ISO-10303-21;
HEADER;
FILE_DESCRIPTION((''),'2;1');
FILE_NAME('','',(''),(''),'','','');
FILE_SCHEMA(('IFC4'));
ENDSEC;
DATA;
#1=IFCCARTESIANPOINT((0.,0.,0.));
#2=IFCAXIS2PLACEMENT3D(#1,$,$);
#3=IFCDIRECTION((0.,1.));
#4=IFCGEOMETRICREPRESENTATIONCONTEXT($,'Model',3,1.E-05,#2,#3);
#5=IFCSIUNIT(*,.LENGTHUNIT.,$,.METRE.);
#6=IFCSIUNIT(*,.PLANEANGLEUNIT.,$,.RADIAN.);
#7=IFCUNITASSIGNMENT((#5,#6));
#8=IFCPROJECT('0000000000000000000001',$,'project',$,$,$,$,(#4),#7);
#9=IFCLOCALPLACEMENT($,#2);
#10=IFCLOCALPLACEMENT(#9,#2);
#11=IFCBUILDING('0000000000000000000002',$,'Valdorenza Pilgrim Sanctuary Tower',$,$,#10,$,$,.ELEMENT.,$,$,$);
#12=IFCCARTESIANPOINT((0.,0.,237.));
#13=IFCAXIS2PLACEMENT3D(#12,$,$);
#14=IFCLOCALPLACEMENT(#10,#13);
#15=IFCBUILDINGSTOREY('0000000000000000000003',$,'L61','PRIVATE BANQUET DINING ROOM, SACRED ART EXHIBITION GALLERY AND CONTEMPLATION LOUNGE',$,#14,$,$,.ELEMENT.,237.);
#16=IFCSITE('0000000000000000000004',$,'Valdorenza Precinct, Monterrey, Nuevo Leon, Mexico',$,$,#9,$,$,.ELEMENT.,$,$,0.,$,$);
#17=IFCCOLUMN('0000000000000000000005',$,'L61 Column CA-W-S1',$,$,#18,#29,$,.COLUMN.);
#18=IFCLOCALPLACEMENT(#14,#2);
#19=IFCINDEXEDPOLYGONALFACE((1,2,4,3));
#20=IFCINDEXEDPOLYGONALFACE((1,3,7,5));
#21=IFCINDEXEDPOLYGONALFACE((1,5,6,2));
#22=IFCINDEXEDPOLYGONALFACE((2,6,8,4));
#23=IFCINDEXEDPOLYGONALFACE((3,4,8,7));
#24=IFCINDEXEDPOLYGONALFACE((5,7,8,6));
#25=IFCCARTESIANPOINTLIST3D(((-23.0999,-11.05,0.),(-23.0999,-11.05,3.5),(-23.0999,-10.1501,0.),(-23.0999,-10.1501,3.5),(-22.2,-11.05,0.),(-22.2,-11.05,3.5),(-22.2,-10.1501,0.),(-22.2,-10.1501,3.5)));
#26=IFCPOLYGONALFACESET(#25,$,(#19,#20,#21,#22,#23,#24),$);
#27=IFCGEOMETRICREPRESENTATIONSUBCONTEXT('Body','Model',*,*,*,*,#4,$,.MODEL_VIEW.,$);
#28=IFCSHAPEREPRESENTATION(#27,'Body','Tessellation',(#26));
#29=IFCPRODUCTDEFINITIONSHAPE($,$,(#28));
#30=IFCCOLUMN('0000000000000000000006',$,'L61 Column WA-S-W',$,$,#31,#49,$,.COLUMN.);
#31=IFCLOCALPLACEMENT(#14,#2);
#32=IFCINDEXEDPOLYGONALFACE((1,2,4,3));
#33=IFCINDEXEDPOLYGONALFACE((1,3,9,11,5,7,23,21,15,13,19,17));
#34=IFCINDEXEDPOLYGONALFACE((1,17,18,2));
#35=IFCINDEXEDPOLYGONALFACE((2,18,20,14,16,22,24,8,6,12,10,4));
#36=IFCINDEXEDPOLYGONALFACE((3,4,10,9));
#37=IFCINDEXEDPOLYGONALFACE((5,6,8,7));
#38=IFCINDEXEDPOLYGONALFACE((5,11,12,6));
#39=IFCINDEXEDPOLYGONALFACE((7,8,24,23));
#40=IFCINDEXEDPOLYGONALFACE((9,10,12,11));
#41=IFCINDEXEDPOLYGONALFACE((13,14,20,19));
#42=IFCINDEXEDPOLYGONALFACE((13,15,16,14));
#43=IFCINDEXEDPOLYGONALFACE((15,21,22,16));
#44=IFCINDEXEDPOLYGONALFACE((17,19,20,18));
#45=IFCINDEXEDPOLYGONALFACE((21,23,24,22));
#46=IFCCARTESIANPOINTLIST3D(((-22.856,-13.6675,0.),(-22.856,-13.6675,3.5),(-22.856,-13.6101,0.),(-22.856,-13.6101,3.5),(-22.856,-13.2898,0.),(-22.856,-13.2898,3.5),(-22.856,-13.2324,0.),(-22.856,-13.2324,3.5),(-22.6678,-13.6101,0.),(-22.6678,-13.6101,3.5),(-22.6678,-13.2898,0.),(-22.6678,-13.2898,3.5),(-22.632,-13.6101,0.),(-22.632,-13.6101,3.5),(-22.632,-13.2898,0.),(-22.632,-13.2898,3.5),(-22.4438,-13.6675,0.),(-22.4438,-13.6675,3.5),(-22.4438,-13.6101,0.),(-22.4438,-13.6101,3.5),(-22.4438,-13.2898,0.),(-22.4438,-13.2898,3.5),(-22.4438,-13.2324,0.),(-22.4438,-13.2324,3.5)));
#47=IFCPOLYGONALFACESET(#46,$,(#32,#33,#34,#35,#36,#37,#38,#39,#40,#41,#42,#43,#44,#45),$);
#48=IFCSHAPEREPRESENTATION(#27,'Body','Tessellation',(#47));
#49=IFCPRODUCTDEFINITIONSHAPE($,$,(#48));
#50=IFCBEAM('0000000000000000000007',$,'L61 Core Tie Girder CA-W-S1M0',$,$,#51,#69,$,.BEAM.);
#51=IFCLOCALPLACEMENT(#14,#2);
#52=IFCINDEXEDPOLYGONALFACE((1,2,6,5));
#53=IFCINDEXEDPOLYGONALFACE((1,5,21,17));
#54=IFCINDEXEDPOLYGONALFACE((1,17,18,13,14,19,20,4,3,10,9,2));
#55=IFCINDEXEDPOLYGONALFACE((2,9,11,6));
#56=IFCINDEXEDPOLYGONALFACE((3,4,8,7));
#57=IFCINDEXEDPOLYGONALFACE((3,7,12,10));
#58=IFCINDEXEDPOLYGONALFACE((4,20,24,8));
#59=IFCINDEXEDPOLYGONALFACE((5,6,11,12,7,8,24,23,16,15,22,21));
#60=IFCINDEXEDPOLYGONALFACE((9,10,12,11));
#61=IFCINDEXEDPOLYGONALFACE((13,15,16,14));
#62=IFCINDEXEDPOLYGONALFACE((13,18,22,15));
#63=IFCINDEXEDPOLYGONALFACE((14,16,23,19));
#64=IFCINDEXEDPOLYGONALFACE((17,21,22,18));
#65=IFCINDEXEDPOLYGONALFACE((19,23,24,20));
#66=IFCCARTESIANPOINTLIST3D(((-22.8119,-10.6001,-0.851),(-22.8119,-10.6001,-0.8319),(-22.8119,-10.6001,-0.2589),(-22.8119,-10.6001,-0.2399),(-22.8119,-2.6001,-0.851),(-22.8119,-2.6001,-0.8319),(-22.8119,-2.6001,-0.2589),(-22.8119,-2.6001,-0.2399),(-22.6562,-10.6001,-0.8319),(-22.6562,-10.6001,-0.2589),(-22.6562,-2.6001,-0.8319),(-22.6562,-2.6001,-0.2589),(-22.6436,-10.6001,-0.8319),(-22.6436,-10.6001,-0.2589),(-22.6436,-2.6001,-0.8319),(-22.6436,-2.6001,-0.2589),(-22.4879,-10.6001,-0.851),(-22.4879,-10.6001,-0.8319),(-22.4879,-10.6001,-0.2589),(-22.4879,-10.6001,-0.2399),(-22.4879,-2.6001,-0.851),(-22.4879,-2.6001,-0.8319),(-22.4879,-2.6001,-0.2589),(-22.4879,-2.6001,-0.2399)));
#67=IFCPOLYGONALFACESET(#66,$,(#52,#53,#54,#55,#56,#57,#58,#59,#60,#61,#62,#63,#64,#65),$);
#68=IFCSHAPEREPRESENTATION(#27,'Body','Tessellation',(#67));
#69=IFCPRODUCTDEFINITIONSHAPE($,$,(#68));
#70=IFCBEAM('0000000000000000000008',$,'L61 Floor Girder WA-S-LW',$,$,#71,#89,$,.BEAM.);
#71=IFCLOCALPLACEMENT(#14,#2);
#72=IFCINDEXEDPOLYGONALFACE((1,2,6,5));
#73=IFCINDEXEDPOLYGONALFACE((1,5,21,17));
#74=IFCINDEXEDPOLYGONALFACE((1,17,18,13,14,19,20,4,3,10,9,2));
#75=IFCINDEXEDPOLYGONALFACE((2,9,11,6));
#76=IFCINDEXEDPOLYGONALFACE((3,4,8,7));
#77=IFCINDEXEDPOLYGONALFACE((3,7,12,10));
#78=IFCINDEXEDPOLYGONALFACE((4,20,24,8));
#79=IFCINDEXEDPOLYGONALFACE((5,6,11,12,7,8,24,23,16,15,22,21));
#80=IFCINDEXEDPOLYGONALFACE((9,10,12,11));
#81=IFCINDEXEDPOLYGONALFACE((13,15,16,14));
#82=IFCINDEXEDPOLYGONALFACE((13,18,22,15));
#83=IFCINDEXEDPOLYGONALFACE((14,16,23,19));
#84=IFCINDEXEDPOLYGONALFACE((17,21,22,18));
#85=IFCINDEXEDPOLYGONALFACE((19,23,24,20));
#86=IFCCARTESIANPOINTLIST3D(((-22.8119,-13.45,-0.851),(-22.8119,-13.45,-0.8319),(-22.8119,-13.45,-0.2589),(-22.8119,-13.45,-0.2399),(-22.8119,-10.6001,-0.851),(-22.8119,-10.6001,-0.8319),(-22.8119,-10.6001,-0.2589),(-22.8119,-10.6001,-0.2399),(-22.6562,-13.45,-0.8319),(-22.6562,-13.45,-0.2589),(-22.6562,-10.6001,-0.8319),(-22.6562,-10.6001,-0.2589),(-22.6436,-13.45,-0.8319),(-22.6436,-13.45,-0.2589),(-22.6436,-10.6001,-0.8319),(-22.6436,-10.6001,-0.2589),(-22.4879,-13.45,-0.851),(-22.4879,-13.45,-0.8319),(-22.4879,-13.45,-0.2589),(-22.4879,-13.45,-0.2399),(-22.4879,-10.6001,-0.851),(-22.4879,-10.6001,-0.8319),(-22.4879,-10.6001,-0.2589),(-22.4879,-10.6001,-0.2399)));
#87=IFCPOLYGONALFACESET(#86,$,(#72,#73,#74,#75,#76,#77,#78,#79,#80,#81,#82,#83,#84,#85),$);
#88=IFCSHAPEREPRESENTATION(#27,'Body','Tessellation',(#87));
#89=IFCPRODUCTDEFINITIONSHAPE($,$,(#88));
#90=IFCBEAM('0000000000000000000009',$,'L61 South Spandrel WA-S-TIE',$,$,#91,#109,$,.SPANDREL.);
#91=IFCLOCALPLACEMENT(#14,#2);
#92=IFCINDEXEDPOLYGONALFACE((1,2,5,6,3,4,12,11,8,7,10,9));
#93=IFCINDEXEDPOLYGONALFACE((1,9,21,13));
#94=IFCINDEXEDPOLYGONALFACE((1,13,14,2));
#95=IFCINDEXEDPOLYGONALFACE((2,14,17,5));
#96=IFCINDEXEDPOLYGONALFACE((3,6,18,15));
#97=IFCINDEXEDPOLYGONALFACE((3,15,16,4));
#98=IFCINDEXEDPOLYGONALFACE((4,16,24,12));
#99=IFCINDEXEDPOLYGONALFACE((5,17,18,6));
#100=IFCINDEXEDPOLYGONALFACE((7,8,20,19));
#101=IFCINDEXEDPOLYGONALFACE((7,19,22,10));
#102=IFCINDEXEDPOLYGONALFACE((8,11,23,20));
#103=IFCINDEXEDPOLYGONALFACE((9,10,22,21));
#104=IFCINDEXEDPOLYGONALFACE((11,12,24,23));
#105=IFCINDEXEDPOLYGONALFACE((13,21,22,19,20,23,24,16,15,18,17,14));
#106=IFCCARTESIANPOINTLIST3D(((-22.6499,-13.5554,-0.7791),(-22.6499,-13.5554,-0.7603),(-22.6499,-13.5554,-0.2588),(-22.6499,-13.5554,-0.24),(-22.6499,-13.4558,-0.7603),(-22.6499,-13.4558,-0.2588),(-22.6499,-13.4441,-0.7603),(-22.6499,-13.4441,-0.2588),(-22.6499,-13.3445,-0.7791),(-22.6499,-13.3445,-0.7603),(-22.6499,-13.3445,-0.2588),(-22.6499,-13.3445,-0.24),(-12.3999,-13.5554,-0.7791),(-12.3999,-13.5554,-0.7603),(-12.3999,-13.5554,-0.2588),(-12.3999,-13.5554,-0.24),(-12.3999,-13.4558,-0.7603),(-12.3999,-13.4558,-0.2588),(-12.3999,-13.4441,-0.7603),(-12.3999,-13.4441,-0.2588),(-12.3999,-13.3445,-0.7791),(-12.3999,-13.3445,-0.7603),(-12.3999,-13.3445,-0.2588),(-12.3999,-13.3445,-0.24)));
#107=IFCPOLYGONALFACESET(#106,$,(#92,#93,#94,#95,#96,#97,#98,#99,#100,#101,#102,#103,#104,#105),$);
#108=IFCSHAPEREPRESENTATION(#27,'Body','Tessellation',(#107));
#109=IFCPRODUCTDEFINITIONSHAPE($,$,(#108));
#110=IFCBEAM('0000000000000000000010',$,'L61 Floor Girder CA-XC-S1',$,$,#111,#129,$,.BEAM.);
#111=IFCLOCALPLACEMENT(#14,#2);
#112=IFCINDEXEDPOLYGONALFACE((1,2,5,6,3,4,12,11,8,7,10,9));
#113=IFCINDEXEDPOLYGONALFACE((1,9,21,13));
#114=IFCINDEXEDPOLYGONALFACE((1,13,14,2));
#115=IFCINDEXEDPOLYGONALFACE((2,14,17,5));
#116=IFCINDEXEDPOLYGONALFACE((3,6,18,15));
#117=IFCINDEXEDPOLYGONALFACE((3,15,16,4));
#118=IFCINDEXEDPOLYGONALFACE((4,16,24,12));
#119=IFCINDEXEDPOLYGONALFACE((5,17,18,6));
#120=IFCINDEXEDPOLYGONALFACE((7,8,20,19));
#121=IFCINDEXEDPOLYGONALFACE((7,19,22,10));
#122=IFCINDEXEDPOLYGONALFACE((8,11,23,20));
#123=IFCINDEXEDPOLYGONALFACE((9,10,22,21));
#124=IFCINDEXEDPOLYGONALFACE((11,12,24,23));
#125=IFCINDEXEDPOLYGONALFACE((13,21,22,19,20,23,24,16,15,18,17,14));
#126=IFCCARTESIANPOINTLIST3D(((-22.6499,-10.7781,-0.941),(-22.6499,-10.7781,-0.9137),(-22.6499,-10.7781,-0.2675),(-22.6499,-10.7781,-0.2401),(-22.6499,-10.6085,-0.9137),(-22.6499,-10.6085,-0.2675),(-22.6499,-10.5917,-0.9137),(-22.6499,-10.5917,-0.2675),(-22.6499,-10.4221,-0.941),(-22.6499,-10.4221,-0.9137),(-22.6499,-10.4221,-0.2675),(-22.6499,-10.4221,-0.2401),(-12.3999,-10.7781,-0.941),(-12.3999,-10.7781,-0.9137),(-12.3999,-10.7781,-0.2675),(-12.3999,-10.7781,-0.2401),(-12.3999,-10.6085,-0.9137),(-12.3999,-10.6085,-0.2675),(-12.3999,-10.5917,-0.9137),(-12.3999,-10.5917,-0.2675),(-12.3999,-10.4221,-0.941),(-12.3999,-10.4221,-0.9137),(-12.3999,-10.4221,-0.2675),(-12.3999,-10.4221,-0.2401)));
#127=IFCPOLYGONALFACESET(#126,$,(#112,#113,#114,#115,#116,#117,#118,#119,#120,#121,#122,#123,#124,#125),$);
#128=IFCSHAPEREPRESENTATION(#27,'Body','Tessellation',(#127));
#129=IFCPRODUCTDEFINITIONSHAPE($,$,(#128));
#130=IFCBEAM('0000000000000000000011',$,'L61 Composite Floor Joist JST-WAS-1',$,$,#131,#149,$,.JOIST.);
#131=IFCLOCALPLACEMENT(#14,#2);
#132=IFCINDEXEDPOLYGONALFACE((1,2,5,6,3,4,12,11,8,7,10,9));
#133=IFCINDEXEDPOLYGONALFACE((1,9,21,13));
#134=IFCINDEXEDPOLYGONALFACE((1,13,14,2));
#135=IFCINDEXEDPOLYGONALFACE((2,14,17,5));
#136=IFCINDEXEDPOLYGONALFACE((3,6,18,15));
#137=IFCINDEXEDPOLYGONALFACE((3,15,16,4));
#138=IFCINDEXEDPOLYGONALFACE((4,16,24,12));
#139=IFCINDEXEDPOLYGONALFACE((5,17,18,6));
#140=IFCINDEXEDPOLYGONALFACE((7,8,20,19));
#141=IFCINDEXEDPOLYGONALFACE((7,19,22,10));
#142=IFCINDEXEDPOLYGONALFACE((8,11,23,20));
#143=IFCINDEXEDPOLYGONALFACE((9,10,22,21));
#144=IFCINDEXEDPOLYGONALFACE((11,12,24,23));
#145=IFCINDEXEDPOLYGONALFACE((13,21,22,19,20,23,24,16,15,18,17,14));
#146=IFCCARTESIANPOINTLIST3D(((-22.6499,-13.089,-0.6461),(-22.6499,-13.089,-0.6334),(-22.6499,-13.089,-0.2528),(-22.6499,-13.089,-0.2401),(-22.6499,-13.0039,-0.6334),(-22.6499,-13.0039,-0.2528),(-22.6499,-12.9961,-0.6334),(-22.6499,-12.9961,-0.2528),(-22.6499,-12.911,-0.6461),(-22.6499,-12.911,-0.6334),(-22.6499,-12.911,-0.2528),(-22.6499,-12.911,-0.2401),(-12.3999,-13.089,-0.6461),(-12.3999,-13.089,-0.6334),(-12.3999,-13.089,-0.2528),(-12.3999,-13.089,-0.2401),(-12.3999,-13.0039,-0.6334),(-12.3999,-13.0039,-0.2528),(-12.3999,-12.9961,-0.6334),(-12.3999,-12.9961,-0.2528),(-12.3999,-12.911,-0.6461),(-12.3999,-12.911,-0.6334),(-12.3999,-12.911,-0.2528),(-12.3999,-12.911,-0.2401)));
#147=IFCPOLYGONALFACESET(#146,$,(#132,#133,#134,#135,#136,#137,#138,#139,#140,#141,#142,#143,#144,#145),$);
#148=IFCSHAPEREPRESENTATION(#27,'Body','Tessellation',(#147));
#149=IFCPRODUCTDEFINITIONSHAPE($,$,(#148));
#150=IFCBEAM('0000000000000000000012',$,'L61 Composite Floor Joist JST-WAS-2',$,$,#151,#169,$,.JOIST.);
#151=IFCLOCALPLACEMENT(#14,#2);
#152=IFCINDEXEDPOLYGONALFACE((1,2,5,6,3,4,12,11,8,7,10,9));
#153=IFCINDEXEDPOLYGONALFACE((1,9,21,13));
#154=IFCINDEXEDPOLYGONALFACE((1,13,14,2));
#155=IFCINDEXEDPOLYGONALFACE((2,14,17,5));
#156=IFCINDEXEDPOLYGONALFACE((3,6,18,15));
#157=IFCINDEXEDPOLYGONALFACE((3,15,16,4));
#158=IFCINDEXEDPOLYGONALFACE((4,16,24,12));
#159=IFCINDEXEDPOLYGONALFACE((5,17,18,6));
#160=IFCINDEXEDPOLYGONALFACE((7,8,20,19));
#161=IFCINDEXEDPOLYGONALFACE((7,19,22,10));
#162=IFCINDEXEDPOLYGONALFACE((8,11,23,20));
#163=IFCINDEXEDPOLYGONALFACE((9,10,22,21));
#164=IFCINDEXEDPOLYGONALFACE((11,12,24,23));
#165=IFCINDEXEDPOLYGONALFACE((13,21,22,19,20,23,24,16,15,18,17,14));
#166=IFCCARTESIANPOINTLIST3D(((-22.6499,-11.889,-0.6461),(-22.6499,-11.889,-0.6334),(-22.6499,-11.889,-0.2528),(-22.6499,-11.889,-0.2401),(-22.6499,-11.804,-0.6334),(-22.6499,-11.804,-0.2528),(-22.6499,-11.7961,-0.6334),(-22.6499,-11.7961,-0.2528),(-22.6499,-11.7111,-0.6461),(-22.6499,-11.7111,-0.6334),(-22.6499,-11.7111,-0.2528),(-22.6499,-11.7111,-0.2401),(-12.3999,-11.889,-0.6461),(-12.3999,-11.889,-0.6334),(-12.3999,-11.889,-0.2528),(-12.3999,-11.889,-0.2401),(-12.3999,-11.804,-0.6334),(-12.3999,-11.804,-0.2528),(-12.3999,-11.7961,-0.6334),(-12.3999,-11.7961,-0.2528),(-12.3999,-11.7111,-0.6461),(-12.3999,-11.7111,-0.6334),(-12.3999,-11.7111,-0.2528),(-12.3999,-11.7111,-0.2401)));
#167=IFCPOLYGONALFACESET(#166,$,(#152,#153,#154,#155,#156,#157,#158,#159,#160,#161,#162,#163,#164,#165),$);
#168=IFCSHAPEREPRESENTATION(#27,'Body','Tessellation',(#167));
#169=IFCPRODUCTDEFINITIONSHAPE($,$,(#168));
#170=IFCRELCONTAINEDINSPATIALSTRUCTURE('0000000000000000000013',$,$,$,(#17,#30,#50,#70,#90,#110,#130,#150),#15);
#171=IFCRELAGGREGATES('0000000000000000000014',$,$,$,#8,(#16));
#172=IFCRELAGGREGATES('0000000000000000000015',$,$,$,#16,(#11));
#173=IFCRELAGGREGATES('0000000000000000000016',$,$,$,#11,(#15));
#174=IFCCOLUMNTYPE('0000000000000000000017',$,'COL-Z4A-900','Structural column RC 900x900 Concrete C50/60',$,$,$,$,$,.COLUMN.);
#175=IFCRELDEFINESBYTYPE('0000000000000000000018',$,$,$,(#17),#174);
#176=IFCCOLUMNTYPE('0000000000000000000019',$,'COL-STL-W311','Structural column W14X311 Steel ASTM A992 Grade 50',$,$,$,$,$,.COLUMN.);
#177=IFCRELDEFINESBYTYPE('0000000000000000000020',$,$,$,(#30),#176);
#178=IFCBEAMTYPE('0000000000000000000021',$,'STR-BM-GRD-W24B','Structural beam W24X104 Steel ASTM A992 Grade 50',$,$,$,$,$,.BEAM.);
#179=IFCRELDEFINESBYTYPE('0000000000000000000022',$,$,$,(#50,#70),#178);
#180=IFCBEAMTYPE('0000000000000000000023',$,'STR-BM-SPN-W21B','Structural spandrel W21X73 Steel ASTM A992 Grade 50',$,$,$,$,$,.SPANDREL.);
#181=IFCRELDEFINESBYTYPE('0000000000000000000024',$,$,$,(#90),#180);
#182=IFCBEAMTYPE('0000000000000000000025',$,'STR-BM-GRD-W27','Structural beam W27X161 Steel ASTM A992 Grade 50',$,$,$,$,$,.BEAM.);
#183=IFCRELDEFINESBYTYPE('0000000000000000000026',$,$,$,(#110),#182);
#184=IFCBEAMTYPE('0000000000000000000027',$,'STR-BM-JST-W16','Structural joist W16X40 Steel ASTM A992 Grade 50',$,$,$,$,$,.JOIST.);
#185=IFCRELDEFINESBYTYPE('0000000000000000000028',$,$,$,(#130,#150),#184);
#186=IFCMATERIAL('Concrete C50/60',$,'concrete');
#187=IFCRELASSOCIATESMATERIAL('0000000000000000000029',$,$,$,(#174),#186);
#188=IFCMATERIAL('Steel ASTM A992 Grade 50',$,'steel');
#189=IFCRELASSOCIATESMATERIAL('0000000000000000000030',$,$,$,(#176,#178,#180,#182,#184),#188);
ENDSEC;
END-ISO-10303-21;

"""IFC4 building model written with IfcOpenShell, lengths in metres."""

from ifc_helpers import new_model, si_unit, direction, frame, origin, origin_2d, place, context, subcontext, project, spatial, rectangle, i_section, extrude, source, transform, mapped, material, material_profile, profile_set, type_object, element, save


model = new_model("IFC4")

# Units and contexts
model_context = context("Model", 3, precision=1e-05, world=origin(), true_north=direction((0.0, 1.0)))
body_context = subcontext(model_context, "Body", "Model", "MODEL_VIEW")
ifc_project = project(units=[si_unit("LENGTHUNIT", "METRE"), si_unit("PLANEANGLEUNIT", "RADIAN")], contexts=[model_context])

# Site, building, storey
site_placement = place(None, origin())
site = spatial("IfcSite", under=ifc_project, at=site_placement, Name="Valdorenza Precinct, Monterrey, Nuevo Leon, Mexico", CompositionType="ELEMENT", RefElevation=0.0)
building_placement = place(site_placement, origin())
building = spatial("IfcBuilding", under=site, at=building_placement, Name="Valdorenza Pilgrim Sanctuary Tower", CompositionType="ELEMENT")
storey_placement = place(building_placement, frame((0.0, 0.0, 237.0)))
storey = spatial("IfcBuildingStorey", under=building, at=storey_placement, Name="L61", Description="PRIVATE BANQUET DINING ROOM, SACRED ART EXHIBITION GALLERY AND CONTEMPLATION LOUNGE", CompositionType="ELEMENT", Elevation=237.0)

# Columns
ifc_material_1 = material(Name="Concrete C50/60", Category="concrete")
ifc_material_profile_1 = material_profile(ifc_material_1, rectangle(XDim=0.8999, YDim=0.8999, at=origin_2d()), Name="RC 900x900")
ifc_profile_set_1 = profile_set([ifc_material_profile_1], Name="Concrete C50/60")
column_type_1 = type_object("IfcColumnType", Name="COL-Z4A-900", Description="Structural column RC 900x900 Concrete C50/60", PredefinedType="COLUMN", material=ifc_profile_set_1)
shared_shape_1 = source(origin(), body_context, "Body", "SweptSolid", [
    extrude(rectangle(XDim=0.8999, YDim=0.8999, at=origin_2d()), origin(), (0.0, 0.0, 1.0), 3.5),
])
column_1_placement = place(storey_placement, frame((-22.6499, -10.6001, 0.0), z_axis=(0.0, 0.0, 1.0), x_axis=(1.0, 0.0, 0.0)))
element("IfcColumn", 1, at=column_1_placement, inside=storey, type_object=column_type_1, Name="L61 Column CA-W-S1", PredefinedType="COLUMN", context=body_context, shape_type="MappedRepresentation", body=[
    mapped(shared_shape_1, transform((0.0, 0.0, 0.0), x_axis=(1.0, 0.0, 0.0), y_axis=(0.0, 1.0, 0.0), z_axis=(0.0, 0.0, 1.0), scale=1.0)),
])
ifc_material_2 = material(Name="Steel ASTM A992 Grade 50", Category="steel")
ifc_material_profile_2 = material_profile(ifc_material_2, i_section(OverallWidth=0.4121, OverallDepth=0.4351, WebThickness=0.0359, FlangeThickness=0.0574, at=origin_2d()), Name="W14X311")
ifc_profile_set_2 = profile_set([ifc_material_profile_2], Name="Steel ASTM A992 Grade 50")
column_type_2 = type_object("IfcColumnType", Name="COL-STL-W311", Description="Structural column W14X311 Steel ASTM A992 Grade 50", PredefinedType="COLUMN", material=ifc_profile_set_2)
shared_shape_2 = source(origin(), body_context, "Body", "SweptSolid", [
    extrude(i_section(OverallWidth=0.4121, OverallDepth=0.4351, WebThickness=0.0359, FlangeThickness=0.0574, at=origin_2d()), origin(), (0.0, 0.0, 1.0), 3.5),
])
column_2_placement = place(storey_placement, frame((-22.6499, -13.45, 0.0), z_axis=(0.0, 0.0, 1.0), x_axis=(1.0, 0.0, 0.0)))
element("IfcColumn", 2, at=column_2_placement, inside=storey, type_object=column_type_2, Name="L61 Column WA-S-W", PredefinedType="COLUMN", context=body_context, shape_type="MappedRepresentation", body=[
    mapped(shared_shape_2, transform((0.0, 0.0, 0.0), x_axis=(1.0, 0.0, 0.0), y_axis=(0.0, 1.0, 0.0), z_axis=(0.0, 0.0, 1.0), scale=1.0)),
])

# Beams
ifc_material_profile_3 = material_profile(ifc_material_2, i_section(OverallWidth=0.324, OverallDepth=0.6111, WebThickness=0.0127, FlangeThickness=0.019, at=origin_2d()), Name="W24X104")
ifc_profile_set_3 = profile_set([ifc_material_profile_3], Name="Steel ASTM A992 Grade 50")
beam_type_1 = type_object("IfcBeamType", Name="STR-BM-GRD-W24B", Description="Structural beam W24X104 Steel ASTM A992 Grade 50", PredefinedType="BEAM", material=ifc_profile_set_3)
shared_shape_3 = source(origin(), body_context, "Body", "SweptSolid", [
    extrude(i_section(OverallWidth=0.324, OverallDepth=0.6111, WebThickness=0.0127, FlangeThickness=0.019, at=origin_2d()), origin(), (0.0, 0.0, 1.0), 8.0),
])
beam_1_placement = place(storey_placement, frame((-22.6499, -10.6001, -0.5454), z_axis=(0.0, 1.0, 0.0), x_axis=(-1.0, 0.0, 0.0)))
element("IfcBeam", 3, at=beam_1_placement, inside=storey, type_object=beam_type_1, Name="L61 Core Tie Girder CA-W-S1M0", PredefinedType="BEAM", context=body_context, shape_type="MappedRepresentation", body=[
    mapped(shared_shape_3, transform((0.0, 0.0, 0.0), x_axis=(1.0, 0.0, 0.0), y_axis=(0.0, 1.0, 0.0), z_axis=(0.0, 0.0, 1.0), scale=1.0)),
])
shared_shape_4 = source(origin(), body_context, "Body", "SweptSolid", [
    extrude(i_section(OverallWidth=0.324, OverallDepth=0.6111, WebThickness=0.0127, FlangeThickness=0.019, at=origin_2d()), origin(), (0.0, 0.0, 1.0), 2.8499),
])
beam_2_placement = place(storey_placement, frame((-22.6499, -13.45, -0.5454), z_axis=(0.0, 1.0, 0.0), x_axis=(-1.0, 0.0, 0.0)))
element("IfcBeam", 4, at=beam_2_placement, inside=storey, type_object=beam_type_1, Name="L61 Floor Girder WA-S-LW", PredefinedType="BEAM", context=body_context, shape_type="MappedRepresentation", body=[
    mapped(shared_shape_4, transform((0.0, 0.0, 0.0), x_axis=(1.0, 0.0, 0.0), y_axis=(0.0, 1.0, 0.0), z_axis=(0.0, 0.0, 1.0), scale=1.0)),
])
ifc_material_profile_4 = material_profile(ifc_material_2, i_section(OverallWidth=0.2109, OverallDepth=0.5391, WebThickness=0.0117, FlangeThickness=0.0188, at=origin_2d()), Name="W21X73")
ifc_profile_set_4 = profile_set([ifc_material_profile_4], Name="Steel ASTM A992 Grade 50")
beam_type_2 = type_object("IfcBeamType", Name="STR-BM-SPN-W21B", Description="Structural spandrel W21X73 Steel ASTM A992 Grade 50", PredefinedType="SPANDREL", material=ifc_profile_set_4)
shared_shape_5 = source(origin(), body_context, "Body", "SweptSolid", [
    extrude(i_section(OverallWidth=0.2109, OverallDepth=0.5391, WebThickness=0.0117, FlangeThickness=0.0188, at=origin_2d()), origin(), (0.0, 0.0, 1.0), 10.25),
])
beam_3_placement = place(storey_placement, frame((-22.6499, -13.45, -0.5095), z_axis=(1.0, 0.0, 0.0), x_axis=(0.0, 1.0, 0.0)))
element("IfcBeam", 5, at=beam_3_placement, inside=storey, type_object=beam_type_2, Name="L61 South Spandrel WA-S-TIE", PredefinedType="SPANDREL", context=body_context, shape_type="MappedRepresentation", body=[
    mapped(shared_shape_5, transform((0.0, 0.0, 0.0), x_axis=(1.0, 0.0, 0.0), y_axis=(0.0, 1.0, 0.0), z_axis=(0.0, 0.0, 1.0), scale=1.0)),
])
ifc_material_profile_5 = material_profile(ifc_material_2, i_section(OverallWidth=0.356, OverallDepth=0.7009, WebThickness=0.0168, FlangeThickness=0.0273, at=origin_2d()), Name="W27X161")
ifc_profile_set_5 = profile_set([ifc_material_profile_5], Name="Steel ASTM A992 Grade 50")
beam_type_3 = type_object("IfcBeamType", Name="STR-BM-GRD-W27", Description="Structural beam W27X161 Steel ASTM A992 Grade 50", PredefinedType="BEAM", material=ifc_profile_set_5)
shared_shape_6 = source(origin(), body_context, "Body", "SweptSolid", [
    extrude(i_section(OverallWidth=0.356, OverallDepth=0.7009, WebThickness=0.0168, FlangeThickness=0.0273, at=origin_2d()), origin(), (0.0, 0.0, 1.0), 10.25),
])
beam_4_placement = place(storey_placement, frame((-22.6499, -10.6001, -0.5906), z_axis=(1.0, 0.0, 0.0), x_axis=(0.0, 1.0, 0.0)))
element("IfcBeam", 6, at=beam_4_placement, inside=storey, type_object=beam_type_3, Name="L61 Floor Girder CA-XC-S1", PredefinedType="BEAM", context=body_context, shape_type="MappedRepresentation", body=[
    mapped(shared_shape_6, transform((0.0, 0.0, 0.0), x_axis=(1.0, 0.0, 0.0), y_axis=(0.0, 1.0, 0.0), z_axis=(0.0, 0.0, 1.0), scale=1.0)),
])
ifc_material_profile_6 = material_profile(ifc_material_2, i_section(OverallWidth=0.178, OverallDepth=0.406, WebThickness=0.0078, FlangeThickness=0.0127, at=origin_2d()), Name="W16X40")
ifc_profile_set_6 = profile_set([ifc_material_profile_6], Name="Steel ASTM A992 Grade 50")
beam_type_4 = type_object("IfcBeamType", Name="STR-BM-JST-W16", Description="Structural joist W16X40 Steel ASTM A992 Grade 50", PredefinedType="JOIST", material=ifc_profile_set_6)
shared_shape_7 = source(origin(), body_context, "Body", "SweptSolid", [
    extrude(i_section(OverallWidth=0.178, OverallDepth=0.406, WebThickness=0.0078, FlangeThickness=0.0127, at=origin_2d()), origin(), (0.0, 0.0, 1.0), 10.25),
])
for number, where, z_axis, x_axis, name in (
    (7, (-22.6499, -13.0, -0.4431), (1.0, 0.0, 0.0), (0.0, 1.0, 0.0), "L61 Composite Floor Joist JST-WAS-1"),
    (8, (-22.6499, -11.8, -0.4431), (1.0, 0.0, 0.0), (0.0, 1.0, 0.0), "L61 Composite Floor Joist JST-WAS-2"),
):
    element("IfcBeam", number, at=place(storey_placement, frame(where, z_axis=z_axis, x_axis=x_axis)), inside=storey, type_object=beam_type_4, Name=name, PredefinedType="JOIST", context=body_context, shape_type="MappedRepresentation", body=[
        mapped(shared_shape_7, transform((0.0, 0.0, 0.0), x_axis=(1.0, 0.0, 0.0), y_axis=(0.0, 1.0, 0.0), z_axis=(0.0, 0.0, 1.0), scale=1.0)),
    ])

save(model, "model.ifc")
